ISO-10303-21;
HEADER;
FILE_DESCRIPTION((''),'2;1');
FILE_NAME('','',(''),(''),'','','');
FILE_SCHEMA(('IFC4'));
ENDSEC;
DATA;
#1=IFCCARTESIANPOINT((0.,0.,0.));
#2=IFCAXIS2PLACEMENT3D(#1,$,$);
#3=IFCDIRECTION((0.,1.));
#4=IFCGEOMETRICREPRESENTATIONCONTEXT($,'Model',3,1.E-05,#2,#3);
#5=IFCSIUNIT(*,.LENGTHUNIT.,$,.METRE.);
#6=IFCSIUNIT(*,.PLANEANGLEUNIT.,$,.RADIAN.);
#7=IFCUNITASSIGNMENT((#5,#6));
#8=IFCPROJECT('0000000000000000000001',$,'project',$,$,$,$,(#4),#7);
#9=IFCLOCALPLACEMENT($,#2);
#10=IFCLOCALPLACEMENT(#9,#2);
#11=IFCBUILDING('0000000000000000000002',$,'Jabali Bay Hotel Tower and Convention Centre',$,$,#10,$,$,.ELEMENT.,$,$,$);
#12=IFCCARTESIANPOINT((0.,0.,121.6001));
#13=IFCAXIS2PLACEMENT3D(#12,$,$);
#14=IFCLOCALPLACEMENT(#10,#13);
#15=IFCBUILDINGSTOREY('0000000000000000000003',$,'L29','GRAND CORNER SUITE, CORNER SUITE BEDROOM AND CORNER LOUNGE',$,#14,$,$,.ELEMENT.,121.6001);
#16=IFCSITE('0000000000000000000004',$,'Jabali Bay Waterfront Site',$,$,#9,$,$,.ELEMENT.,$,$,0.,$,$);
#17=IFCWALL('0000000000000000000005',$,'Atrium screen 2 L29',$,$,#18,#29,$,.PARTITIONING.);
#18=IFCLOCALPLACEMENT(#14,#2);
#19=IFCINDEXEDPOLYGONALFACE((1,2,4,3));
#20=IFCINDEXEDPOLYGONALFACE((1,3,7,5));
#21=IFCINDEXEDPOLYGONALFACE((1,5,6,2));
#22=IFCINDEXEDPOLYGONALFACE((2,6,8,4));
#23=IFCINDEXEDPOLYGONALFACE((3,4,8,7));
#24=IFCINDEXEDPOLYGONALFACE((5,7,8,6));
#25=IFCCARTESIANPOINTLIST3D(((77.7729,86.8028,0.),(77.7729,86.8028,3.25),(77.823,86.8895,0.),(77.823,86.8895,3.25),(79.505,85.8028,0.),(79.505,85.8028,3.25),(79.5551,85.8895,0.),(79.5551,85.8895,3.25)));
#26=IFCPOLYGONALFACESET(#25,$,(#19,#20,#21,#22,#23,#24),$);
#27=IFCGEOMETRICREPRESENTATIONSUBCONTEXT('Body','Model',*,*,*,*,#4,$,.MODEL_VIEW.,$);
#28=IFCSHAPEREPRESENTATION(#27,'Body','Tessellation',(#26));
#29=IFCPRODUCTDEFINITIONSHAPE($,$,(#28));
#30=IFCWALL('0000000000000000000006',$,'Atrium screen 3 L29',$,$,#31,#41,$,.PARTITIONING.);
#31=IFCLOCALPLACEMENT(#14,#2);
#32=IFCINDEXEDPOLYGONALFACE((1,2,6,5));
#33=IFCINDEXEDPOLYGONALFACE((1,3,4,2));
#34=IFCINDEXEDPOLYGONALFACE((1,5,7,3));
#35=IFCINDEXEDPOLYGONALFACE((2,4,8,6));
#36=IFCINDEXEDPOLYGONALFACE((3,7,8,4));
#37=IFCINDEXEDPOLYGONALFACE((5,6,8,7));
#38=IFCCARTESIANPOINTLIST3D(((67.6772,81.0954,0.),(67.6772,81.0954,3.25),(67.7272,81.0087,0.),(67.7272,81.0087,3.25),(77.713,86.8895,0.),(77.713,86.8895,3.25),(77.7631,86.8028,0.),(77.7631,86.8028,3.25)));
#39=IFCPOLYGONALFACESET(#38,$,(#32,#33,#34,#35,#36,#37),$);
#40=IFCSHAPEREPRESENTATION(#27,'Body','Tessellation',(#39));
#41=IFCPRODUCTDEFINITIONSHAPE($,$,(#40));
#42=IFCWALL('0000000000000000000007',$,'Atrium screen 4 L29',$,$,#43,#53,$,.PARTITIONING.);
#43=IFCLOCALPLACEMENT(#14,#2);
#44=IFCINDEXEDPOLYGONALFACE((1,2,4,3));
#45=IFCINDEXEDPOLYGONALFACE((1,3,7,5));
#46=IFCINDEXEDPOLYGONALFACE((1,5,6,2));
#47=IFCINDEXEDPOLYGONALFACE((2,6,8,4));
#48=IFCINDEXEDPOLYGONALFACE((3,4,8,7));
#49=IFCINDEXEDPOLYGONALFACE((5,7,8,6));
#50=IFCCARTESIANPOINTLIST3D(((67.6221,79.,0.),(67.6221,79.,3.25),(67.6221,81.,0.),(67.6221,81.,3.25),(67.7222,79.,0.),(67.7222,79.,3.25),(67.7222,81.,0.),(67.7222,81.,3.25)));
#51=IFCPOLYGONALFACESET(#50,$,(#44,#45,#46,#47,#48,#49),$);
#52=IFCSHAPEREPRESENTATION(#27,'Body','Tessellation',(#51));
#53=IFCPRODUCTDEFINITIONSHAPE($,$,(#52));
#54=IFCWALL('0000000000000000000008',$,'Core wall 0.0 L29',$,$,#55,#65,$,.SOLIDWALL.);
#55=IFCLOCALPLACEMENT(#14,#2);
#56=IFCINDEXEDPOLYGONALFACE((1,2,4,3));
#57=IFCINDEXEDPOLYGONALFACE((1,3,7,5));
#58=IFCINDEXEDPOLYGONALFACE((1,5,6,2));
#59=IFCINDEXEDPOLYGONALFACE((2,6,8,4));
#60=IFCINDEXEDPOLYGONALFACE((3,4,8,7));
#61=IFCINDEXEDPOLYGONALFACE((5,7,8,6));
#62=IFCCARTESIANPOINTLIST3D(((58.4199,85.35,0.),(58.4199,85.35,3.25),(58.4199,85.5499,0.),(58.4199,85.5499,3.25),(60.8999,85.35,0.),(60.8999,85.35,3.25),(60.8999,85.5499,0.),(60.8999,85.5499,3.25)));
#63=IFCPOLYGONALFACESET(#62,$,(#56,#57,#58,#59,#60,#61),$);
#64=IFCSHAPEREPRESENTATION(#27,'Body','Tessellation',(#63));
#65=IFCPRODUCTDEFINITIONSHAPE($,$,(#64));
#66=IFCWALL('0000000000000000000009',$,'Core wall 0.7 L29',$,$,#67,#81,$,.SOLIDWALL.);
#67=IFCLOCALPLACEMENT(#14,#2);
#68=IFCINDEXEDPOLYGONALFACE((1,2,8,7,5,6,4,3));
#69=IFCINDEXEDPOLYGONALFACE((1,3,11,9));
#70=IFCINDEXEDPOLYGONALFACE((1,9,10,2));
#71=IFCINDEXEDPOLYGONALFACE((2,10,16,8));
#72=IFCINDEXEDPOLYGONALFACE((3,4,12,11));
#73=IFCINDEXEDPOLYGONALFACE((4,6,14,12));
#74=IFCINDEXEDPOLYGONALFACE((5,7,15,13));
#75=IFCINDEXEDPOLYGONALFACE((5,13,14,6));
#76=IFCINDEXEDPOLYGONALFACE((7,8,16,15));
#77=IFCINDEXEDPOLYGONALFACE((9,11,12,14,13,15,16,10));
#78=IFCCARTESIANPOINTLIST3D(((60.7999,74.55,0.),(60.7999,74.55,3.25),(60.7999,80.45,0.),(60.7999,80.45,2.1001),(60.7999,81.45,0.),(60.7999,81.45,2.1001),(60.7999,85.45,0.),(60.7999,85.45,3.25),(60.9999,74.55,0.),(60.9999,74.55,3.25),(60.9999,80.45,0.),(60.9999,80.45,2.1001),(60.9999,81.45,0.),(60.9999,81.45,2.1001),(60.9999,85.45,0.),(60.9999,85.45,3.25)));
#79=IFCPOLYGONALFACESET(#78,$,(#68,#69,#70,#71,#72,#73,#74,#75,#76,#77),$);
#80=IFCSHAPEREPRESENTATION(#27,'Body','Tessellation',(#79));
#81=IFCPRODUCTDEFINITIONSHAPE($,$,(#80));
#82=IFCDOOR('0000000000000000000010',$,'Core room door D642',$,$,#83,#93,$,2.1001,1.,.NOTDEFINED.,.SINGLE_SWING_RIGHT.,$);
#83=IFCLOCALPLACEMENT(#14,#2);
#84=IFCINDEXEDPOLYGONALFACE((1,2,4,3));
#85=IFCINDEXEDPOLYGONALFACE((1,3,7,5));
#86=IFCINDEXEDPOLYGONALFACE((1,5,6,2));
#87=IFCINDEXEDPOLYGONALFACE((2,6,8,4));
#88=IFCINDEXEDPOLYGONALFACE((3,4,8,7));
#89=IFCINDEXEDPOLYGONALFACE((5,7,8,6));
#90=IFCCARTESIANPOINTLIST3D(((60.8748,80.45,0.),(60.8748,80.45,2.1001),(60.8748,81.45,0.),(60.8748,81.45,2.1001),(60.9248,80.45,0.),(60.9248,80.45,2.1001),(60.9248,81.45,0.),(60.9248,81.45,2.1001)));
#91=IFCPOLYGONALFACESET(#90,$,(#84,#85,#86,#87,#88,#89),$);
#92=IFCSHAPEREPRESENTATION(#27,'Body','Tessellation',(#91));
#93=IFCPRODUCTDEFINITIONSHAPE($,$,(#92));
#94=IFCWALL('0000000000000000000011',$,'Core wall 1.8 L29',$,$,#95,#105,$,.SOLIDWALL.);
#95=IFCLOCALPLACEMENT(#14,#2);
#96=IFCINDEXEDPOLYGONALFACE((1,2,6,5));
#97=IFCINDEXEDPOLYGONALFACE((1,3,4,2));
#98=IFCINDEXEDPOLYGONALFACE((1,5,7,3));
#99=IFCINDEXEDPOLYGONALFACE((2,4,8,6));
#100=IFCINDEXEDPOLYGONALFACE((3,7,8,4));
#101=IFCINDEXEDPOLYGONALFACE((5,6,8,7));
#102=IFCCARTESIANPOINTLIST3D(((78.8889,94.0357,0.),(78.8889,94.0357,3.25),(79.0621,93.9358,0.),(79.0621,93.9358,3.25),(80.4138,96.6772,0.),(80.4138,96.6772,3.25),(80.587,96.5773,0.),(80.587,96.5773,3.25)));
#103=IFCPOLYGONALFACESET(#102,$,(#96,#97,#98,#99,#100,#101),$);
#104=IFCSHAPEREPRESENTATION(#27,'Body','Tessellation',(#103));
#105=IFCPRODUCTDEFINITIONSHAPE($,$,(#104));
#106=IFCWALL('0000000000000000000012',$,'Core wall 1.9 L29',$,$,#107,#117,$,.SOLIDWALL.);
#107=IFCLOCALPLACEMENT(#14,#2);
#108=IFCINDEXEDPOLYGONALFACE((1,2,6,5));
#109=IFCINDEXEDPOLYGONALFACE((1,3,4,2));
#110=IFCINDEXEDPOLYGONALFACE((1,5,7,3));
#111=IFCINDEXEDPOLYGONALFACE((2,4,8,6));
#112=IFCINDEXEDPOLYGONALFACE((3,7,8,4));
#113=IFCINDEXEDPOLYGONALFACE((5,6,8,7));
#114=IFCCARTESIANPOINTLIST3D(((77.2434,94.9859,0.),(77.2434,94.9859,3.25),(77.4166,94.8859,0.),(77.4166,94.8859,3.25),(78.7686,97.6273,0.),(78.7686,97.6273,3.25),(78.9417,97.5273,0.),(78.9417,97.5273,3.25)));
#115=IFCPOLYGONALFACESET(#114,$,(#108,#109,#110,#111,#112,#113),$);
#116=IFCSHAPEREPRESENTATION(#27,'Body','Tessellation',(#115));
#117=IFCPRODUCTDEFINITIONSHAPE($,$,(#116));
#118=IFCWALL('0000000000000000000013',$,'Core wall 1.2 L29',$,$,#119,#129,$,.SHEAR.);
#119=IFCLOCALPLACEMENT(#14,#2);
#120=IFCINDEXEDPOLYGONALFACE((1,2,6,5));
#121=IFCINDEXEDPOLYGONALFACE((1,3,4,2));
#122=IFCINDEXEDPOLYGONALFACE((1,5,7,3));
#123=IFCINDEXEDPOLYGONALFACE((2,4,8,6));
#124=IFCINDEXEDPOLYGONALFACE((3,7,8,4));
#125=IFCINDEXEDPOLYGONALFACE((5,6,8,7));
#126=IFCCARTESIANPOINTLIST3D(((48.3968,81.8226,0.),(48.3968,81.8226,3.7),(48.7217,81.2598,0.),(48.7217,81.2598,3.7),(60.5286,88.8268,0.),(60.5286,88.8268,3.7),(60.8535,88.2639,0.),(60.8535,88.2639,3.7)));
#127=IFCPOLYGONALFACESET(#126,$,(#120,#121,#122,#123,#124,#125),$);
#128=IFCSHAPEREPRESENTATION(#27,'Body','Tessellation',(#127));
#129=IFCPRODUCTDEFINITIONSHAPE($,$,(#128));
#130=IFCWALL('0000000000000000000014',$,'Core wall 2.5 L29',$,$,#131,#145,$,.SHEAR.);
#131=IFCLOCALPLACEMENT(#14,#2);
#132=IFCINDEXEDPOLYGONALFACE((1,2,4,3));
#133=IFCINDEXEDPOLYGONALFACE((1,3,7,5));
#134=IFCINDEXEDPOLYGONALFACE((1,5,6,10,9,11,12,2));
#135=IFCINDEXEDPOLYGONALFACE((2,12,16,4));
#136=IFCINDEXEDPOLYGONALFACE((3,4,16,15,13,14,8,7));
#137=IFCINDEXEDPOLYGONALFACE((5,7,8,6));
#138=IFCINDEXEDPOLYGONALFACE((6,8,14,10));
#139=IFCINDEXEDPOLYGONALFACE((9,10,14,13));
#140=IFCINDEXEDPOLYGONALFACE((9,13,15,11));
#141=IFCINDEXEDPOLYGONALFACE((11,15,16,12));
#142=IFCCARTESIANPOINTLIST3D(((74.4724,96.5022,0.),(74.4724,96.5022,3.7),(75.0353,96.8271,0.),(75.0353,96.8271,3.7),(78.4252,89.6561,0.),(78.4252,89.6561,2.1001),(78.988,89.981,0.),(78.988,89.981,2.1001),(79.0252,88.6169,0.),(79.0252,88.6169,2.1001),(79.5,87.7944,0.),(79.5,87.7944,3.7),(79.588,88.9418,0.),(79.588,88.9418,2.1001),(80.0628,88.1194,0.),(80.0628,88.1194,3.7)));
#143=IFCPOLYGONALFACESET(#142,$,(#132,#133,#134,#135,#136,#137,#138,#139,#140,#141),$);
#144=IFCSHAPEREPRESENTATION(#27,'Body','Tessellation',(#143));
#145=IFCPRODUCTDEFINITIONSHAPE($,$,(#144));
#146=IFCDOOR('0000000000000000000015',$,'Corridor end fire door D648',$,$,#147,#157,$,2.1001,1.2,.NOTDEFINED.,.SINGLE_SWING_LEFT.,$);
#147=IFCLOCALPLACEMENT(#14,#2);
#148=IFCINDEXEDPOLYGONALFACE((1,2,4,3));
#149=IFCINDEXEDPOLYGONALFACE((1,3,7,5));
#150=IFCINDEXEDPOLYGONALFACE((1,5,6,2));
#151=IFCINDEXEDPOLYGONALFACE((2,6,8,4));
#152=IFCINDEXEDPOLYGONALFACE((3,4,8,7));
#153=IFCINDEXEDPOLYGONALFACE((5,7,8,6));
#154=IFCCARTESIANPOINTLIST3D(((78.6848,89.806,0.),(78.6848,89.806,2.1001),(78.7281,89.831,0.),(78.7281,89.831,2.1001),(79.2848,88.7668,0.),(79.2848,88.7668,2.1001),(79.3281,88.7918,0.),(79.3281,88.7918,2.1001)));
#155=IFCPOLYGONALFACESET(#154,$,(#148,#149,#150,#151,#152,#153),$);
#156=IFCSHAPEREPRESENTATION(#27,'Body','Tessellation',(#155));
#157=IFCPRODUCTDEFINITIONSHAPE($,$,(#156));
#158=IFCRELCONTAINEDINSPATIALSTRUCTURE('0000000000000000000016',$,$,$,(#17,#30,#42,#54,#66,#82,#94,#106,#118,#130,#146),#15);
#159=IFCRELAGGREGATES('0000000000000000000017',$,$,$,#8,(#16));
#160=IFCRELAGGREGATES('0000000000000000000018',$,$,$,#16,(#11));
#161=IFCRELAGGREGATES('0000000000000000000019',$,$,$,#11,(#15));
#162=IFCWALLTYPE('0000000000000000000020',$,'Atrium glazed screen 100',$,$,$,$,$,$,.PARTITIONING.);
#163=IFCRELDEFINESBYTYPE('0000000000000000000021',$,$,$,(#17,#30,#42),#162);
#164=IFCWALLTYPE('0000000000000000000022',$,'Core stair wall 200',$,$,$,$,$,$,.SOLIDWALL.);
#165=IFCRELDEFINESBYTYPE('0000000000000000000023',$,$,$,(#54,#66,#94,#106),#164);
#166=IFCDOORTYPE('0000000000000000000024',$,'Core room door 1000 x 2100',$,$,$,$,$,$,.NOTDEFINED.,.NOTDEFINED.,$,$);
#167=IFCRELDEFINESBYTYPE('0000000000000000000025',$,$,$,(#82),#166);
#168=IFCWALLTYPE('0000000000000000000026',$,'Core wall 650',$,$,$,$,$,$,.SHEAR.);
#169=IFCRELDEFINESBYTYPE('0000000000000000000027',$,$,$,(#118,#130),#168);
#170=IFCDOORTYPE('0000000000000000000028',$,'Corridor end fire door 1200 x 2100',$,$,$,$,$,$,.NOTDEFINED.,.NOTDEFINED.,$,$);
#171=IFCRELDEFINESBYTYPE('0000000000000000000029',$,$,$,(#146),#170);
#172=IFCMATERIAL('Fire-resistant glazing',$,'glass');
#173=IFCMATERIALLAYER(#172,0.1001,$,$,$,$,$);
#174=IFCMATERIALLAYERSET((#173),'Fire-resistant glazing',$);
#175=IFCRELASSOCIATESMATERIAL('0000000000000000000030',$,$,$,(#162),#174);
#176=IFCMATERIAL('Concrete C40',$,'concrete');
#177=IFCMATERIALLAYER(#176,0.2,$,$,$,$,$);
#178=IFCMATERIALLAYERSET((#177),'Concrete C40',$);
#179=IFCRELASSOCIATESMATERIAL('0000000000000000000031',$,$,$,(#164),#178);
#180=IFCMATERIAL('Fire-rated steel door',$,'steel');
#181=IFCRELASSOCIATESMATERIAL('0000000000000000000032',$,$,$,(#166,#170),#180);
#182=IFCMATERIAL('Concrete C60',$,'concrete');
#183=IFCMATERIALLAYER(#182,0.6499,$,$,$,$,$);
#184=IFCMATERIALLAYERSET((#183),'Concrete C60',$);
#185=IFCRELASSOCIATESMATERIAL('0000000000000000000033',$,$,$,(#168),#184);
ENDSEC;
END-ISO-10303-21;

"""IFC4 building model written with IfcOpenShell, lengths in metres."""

from ifc_helpers import new_model, si_unit, direction, frame, frame_2d, origin, place, context, subcontext, project, spatial, rectangle, extrude, material, layer, layer_set, type_object, element, fill, save


model = new_model("IFC4")

# Units and contexts
model_context = context("Model", 3, precision=1e-05, world=origin(), true_north=direction((0.0, 1.0)))
body_context = subcontext(model_context, "Body", "Model", "MODEL_VIEW")
ifc_project = project(units=[si_unit("LENGTHUNIT", "METRE"), si_unit("PLANEANGLEUNIT", "RADIAN")], contexts=[model_context])

# Site, building, storey
site_placement = place(None, origin())
site = spatial("IfcSite", under=ifc_project, at=site_placement, Name="Jabali Bay Waterfront Site", CompositionType="ELEMENT", RefElevation=0.0)
building_placement = place(site_placement, origin())
building = spatial("IfcBuilding", under=site, at=building_placement, Name="Jabali Bay Hotel Tower and Convention Centre", CompositionType="ELEMENT")
storey_placement = place(building_placement, frame((0.0, 0.0, 121.6001)))
storey = spatial("IfcBuildingStorey", under=building, at=storey_placement, Name="L29", Description="GRAND CORNER SUITE, CORNER SUITE BEDROOM AND CORNER LOUNGE", CompositionType="ELEMENT", Elevation=121.6001)

# Walls
ifc_material_1 = material(Name="Fire-resistant glazing", Category="glass")
ifc_layer_1 = layer(ifc_material_1, 0.1001)
ifc_layer_set_1 = layer_set([ifc_layer_1], Name="Fire-resistant glazing")
wall_type_1 = type_object("IfcWallType", Name="Atrium glazed screen 100", PredefinedType="PARTITIONING", material=ifc_layer_set_1)
wall_1_placement = place(storey_placement, frame((79.53, 85.8462, 0.0), z_axis=(0.0, 0.0, 1.0), x_axis=(-0.866041, 0.499973, 0.0)))
element("IfcWall", 1, at=wall_1_placement, inside=storey, type_object=wall_type_1, Name="Atrium screen 2 L29", PredefinedType="PARTITIONING", context=body_context, shape_type="SweptSolid", body=[
    extrude(rectangle(XDim=2.0, YDim=0.1001, at=frame_2d((1.0, 0.0))), origin(), (0.0, 0.0, 1.0), 3.25),
])
wall_2_placement = place(storey_placement, frame((77.738, 86.8462, 0.0), z_axis=(0.0, 0.0, 1.0), x_axis=(-0.866027, -0.499998, 0.0)))
element("IfcWall", 2, at=wall_2_placement, inside=storey, type_object=wall_type_1, Name="Atrium screen 3 L29", PredefinedType="PARTITIONING", context=body_context, shape_type="SweptSolid", body=[
    extrude(rectangle(XDim=11.5884, YDim=0.1001, at=frame_2d((5.7942, 0.0))), origin(), (0.0, 0.0, 1.0), 3.25),
])
wall_3_placement = place(storey_placement, frame((67.6721, 81.0, 0.0), z_axis=(0.0, 0.0, 1.0), x_axis=(0.0, -1.0, 0.0)))
element("IfcWall", 3, at=wall_3_placement, inside=storey, type_object=wall_type_1, Name="Atrium screen 4 L29", PredefinedType="PARTITIONING", context=body_context, shape_type="SweptSolid", body=[
    extrude(rectangle(XDim=2.0, YDim=0.1001, at=frame_2d((1.0, 0.0))), origin(), (0.0, 0.0, 1.0), 3.25),
])
ifc_material_2 = material(Name="Concrete C40", Category="concrete")
ifc_layer_2 = layer(ifc_material_2, 0.2)
ifc_layer_set_2 = layer_set([ifc_layer_2], Name="Concrete C40")
wall_type_2 = type_object("IfcWallType", Name="Core stair wall 200", PredefinedType="SOLIDWALL", material=ifc_layer_set_2)
wall_4_placement = place(storey_placement, frame((60.8999, 85.45, 0.0), z_axis=(0.0, 0.0, 1.0), x_axis=(-1.0, 0.0, 0.0)))
element("IfcWall", 4, at=wall_4_placement, inside=storey, type_object=wall_type_2, Name="Core wall 0.0 L29", PredefinedType="SOLIDWALL", context=body_context, shape_type="SweptSolid", body=[
    extrude(rectangle(XDim=2.48, YDim=0.2, at=frame_2d((1.24, 0.0))), origin(), (0.0, 0.0, 1.0), 3.25),
])

# Wall, opening, door
wall_5_placement = place(storey_placement, frame((60.8999, 85.45, 0.0), z_axis=(0.0, 0.0, 1.0), x_axis=(0.0, -1.0, 0.0)))
wall_5 = element("IfcWall", 5, at=wall_5_placement, inside=storey, type_object=wall_type_2, Name="Core wall 0.7 L29", PredefinedType="SOLIDWALL", context=body_context, shape_type="SweptSolid", body=[
    extrude(rectangle(XDim=10.8999, YDim=0.2, at=frame_2d((5.45, 0.0))), origin(), (0.0, 0.0, 1.0), 3.25),
])
opening_1_placement = place(wall_5_placement, frame((4.0, 0.0, 0.0)))
opening_1 = element("IfcOpeningElement", 6, at=opening_1_placement, cuts=wall_5, PredefinedType="OPENING", context=body_context, shape_type="SweptSolid", body=[
    extrude(rectangle(XDim=1.0, YDim=2.1001, at=frame_2d((0.5, 1.05))), frame((0.0, 0.1104, 0.0), z_axis=(0.0, -1.0, 0.0), x_axis=(1.0, 0.0, 0.0)), (0.0, 0.0, 1.0), 0.2209),
])
ifc_material_3 = material(Name="Fire-rated steel door", Category="steel")
door_type_1 = type_object("IfcDoorType", Name="Core room door 1000 x 2100", OperationType="NOTDEFINED", PredefinedType="NOTDEFINED", material=ifc_material_3)
door_1_placement = place(opening_1_placement, origin())
door_1 = element("IfcDoor", 7, at=door_1_placement, inside=storey, type_object=door_type_1, Name="Core room door D642", OperationType="SINGLE_SWING_RIGHT", OverallHeight=2.1001, OverallWidth=1.0, PredefinedType="NOTDEFINED", context=body_context, shape_type="SweptSolid", body=[
    extrude(rectangle(XDim=1.0, YDim=2.1001, at=frame_2d((0.5, 1.05))), frame((0.0, 0.0249, 0.0), z_axis=(0.0, -1.0, 0.0), x_axis=(1.0, 0.0, 0.0)), (0.0, 0.0, 1.0), 0.05),
])
fill(opening_1, door_1)

# Walls
for number, where, z_axis, x_axis, name in (
    (8, (78.9756, 93.9858, 0.0), (0.0, 0.0, 1.0), (0.499944, 0.866058, 0.0), "Core wall 1.8 L29"),
    (9, (77.3301, 94.936, 0.0), (0.0, 0.0, 1.0), (0.500039, 0.866003, 0.0), "Core wall 1.9 L29"),
):
    element("IfcWall", number, at=place(storey_placement, frame(where, z_axis=z_axis, x_axis=x_axis)), inside=storey, type_object=wall_type_2, Name=name, PredefinedType="SOLIDWALL", context=body_context, shape_type="SweptSolid", body=[
        extrude(rectangle(XDim=3.05, YDim=0.2, at=frame_2d((1.5249, 0.0))), origin(), (0.0, 0.0, 1.0), 3.25),
    ])
ifc_material_4 = material(Name="Concrete C60", Category="concrete")
ifc_layer_3 = layer(ifc_material_4, 0.6499)
ifc_layer_set_3 = layer_set([ifc_layer_3], Name="Concrete C60")
wall_type_3 = type_object("IfcWallType", Name="Core wall 650", PredefinedType="SHEAR", material=ifc_layer_set_3)
wall_6_placement = place(storey_placement, frame((60.6912, 88.5454, 0.0), z_axis=(0.0, 0.0, 1.0), x_axis=(-0.866031, -0.499991, 0.0)))
element("IfcWall", 10, at=wall_6_placement, inside=storey, type_object=wall_type_3, Name="Core wall 1.2 L29", PredefinedType="SHEAR", context=body_context, shape_type="SweptSolid", body=[
    extrude(rectangle(XDim=14.0085, YDim=0.6499, at=frame_2d((7.0044, 0.0))), origin(), (0.0, 0.0, 1.0), 3.7),
])

# Wall, opening, door
wall_7_placement = place(storey_placement, frame((74.7539, 96.6646, 0.0), z_axis=(0.0, 0.0, 1.0), x_axis=(0.500012, -0.866019, 0.0)))
wall_7 = element("IfcWall", 11, at=wall_7_placement, inside=storey, type_object=wall_type_3, Name="Core wall 2.5 L29", PredefinedType="SHEAR", context=body_context, shape_type="SweptSolid", body=[
    extrude(rectangle(XDim=10.0549, YDim=0.6499, at=frame_2d((5.0273, 0.0))), origin(), (0.0, 0.0, 1.0), 3.7),
])
opening_2_placement = place(wall_7_placement, frame((7.905, 0.0, 0.0)))
opening_2 = element("IfcOpeningElement", 12, at=opening_2_placement, cuts=wall_7, PredefinedType="OPENING", context=body_context, shape_type="SweptSolid", body=[
    extrude(rectangle(XDim=1.2, YDim=2.1001, at=frame_2d((0.6001, 1.05))), frame((0.0, 0.3354, 0.0), z_axis=(0.0, -1.0, 0.0), x_axis=(1.0, 0.0, 0.0)), (0.0, 0.0, 1.0), 0.6709),
])
door_type_2 = type_object("IfcDoorType", Name="Corridor end fire door 1200 x 2100", OperationType="NOTDEFINED", PredefinedType="NOTDEFINED", material=ifc_material_3)
door_2_placement = place(opening_2_placement, origin())
door_2 = element("IfcDoor", 13, at=door_2_placement, inside=storey, type_object=door_type_2, Name="Corridor end fire door D648", OperationType="SINGLE_SWING_LEFT", OverallHeight=2.1001, OverallWidth=1.2, PredefinedType="NOTDEFINED", context=body_context, shape_type="SweptSolid", body=[
    extrude(rectangle(XDim=1.2, YDim=2.1001, at=frame_2d((0.6001, 1.05))), frame((0.0, 0.0249, 0.0), z_axis=(0.0, -1.0, 0.0), x_axis=(1.0, 0.0, 0.0)), (0.0, 0.0, 1.0), 0.05),
])
fill(opening_2, door_2)

save(model, "model.ifc")
